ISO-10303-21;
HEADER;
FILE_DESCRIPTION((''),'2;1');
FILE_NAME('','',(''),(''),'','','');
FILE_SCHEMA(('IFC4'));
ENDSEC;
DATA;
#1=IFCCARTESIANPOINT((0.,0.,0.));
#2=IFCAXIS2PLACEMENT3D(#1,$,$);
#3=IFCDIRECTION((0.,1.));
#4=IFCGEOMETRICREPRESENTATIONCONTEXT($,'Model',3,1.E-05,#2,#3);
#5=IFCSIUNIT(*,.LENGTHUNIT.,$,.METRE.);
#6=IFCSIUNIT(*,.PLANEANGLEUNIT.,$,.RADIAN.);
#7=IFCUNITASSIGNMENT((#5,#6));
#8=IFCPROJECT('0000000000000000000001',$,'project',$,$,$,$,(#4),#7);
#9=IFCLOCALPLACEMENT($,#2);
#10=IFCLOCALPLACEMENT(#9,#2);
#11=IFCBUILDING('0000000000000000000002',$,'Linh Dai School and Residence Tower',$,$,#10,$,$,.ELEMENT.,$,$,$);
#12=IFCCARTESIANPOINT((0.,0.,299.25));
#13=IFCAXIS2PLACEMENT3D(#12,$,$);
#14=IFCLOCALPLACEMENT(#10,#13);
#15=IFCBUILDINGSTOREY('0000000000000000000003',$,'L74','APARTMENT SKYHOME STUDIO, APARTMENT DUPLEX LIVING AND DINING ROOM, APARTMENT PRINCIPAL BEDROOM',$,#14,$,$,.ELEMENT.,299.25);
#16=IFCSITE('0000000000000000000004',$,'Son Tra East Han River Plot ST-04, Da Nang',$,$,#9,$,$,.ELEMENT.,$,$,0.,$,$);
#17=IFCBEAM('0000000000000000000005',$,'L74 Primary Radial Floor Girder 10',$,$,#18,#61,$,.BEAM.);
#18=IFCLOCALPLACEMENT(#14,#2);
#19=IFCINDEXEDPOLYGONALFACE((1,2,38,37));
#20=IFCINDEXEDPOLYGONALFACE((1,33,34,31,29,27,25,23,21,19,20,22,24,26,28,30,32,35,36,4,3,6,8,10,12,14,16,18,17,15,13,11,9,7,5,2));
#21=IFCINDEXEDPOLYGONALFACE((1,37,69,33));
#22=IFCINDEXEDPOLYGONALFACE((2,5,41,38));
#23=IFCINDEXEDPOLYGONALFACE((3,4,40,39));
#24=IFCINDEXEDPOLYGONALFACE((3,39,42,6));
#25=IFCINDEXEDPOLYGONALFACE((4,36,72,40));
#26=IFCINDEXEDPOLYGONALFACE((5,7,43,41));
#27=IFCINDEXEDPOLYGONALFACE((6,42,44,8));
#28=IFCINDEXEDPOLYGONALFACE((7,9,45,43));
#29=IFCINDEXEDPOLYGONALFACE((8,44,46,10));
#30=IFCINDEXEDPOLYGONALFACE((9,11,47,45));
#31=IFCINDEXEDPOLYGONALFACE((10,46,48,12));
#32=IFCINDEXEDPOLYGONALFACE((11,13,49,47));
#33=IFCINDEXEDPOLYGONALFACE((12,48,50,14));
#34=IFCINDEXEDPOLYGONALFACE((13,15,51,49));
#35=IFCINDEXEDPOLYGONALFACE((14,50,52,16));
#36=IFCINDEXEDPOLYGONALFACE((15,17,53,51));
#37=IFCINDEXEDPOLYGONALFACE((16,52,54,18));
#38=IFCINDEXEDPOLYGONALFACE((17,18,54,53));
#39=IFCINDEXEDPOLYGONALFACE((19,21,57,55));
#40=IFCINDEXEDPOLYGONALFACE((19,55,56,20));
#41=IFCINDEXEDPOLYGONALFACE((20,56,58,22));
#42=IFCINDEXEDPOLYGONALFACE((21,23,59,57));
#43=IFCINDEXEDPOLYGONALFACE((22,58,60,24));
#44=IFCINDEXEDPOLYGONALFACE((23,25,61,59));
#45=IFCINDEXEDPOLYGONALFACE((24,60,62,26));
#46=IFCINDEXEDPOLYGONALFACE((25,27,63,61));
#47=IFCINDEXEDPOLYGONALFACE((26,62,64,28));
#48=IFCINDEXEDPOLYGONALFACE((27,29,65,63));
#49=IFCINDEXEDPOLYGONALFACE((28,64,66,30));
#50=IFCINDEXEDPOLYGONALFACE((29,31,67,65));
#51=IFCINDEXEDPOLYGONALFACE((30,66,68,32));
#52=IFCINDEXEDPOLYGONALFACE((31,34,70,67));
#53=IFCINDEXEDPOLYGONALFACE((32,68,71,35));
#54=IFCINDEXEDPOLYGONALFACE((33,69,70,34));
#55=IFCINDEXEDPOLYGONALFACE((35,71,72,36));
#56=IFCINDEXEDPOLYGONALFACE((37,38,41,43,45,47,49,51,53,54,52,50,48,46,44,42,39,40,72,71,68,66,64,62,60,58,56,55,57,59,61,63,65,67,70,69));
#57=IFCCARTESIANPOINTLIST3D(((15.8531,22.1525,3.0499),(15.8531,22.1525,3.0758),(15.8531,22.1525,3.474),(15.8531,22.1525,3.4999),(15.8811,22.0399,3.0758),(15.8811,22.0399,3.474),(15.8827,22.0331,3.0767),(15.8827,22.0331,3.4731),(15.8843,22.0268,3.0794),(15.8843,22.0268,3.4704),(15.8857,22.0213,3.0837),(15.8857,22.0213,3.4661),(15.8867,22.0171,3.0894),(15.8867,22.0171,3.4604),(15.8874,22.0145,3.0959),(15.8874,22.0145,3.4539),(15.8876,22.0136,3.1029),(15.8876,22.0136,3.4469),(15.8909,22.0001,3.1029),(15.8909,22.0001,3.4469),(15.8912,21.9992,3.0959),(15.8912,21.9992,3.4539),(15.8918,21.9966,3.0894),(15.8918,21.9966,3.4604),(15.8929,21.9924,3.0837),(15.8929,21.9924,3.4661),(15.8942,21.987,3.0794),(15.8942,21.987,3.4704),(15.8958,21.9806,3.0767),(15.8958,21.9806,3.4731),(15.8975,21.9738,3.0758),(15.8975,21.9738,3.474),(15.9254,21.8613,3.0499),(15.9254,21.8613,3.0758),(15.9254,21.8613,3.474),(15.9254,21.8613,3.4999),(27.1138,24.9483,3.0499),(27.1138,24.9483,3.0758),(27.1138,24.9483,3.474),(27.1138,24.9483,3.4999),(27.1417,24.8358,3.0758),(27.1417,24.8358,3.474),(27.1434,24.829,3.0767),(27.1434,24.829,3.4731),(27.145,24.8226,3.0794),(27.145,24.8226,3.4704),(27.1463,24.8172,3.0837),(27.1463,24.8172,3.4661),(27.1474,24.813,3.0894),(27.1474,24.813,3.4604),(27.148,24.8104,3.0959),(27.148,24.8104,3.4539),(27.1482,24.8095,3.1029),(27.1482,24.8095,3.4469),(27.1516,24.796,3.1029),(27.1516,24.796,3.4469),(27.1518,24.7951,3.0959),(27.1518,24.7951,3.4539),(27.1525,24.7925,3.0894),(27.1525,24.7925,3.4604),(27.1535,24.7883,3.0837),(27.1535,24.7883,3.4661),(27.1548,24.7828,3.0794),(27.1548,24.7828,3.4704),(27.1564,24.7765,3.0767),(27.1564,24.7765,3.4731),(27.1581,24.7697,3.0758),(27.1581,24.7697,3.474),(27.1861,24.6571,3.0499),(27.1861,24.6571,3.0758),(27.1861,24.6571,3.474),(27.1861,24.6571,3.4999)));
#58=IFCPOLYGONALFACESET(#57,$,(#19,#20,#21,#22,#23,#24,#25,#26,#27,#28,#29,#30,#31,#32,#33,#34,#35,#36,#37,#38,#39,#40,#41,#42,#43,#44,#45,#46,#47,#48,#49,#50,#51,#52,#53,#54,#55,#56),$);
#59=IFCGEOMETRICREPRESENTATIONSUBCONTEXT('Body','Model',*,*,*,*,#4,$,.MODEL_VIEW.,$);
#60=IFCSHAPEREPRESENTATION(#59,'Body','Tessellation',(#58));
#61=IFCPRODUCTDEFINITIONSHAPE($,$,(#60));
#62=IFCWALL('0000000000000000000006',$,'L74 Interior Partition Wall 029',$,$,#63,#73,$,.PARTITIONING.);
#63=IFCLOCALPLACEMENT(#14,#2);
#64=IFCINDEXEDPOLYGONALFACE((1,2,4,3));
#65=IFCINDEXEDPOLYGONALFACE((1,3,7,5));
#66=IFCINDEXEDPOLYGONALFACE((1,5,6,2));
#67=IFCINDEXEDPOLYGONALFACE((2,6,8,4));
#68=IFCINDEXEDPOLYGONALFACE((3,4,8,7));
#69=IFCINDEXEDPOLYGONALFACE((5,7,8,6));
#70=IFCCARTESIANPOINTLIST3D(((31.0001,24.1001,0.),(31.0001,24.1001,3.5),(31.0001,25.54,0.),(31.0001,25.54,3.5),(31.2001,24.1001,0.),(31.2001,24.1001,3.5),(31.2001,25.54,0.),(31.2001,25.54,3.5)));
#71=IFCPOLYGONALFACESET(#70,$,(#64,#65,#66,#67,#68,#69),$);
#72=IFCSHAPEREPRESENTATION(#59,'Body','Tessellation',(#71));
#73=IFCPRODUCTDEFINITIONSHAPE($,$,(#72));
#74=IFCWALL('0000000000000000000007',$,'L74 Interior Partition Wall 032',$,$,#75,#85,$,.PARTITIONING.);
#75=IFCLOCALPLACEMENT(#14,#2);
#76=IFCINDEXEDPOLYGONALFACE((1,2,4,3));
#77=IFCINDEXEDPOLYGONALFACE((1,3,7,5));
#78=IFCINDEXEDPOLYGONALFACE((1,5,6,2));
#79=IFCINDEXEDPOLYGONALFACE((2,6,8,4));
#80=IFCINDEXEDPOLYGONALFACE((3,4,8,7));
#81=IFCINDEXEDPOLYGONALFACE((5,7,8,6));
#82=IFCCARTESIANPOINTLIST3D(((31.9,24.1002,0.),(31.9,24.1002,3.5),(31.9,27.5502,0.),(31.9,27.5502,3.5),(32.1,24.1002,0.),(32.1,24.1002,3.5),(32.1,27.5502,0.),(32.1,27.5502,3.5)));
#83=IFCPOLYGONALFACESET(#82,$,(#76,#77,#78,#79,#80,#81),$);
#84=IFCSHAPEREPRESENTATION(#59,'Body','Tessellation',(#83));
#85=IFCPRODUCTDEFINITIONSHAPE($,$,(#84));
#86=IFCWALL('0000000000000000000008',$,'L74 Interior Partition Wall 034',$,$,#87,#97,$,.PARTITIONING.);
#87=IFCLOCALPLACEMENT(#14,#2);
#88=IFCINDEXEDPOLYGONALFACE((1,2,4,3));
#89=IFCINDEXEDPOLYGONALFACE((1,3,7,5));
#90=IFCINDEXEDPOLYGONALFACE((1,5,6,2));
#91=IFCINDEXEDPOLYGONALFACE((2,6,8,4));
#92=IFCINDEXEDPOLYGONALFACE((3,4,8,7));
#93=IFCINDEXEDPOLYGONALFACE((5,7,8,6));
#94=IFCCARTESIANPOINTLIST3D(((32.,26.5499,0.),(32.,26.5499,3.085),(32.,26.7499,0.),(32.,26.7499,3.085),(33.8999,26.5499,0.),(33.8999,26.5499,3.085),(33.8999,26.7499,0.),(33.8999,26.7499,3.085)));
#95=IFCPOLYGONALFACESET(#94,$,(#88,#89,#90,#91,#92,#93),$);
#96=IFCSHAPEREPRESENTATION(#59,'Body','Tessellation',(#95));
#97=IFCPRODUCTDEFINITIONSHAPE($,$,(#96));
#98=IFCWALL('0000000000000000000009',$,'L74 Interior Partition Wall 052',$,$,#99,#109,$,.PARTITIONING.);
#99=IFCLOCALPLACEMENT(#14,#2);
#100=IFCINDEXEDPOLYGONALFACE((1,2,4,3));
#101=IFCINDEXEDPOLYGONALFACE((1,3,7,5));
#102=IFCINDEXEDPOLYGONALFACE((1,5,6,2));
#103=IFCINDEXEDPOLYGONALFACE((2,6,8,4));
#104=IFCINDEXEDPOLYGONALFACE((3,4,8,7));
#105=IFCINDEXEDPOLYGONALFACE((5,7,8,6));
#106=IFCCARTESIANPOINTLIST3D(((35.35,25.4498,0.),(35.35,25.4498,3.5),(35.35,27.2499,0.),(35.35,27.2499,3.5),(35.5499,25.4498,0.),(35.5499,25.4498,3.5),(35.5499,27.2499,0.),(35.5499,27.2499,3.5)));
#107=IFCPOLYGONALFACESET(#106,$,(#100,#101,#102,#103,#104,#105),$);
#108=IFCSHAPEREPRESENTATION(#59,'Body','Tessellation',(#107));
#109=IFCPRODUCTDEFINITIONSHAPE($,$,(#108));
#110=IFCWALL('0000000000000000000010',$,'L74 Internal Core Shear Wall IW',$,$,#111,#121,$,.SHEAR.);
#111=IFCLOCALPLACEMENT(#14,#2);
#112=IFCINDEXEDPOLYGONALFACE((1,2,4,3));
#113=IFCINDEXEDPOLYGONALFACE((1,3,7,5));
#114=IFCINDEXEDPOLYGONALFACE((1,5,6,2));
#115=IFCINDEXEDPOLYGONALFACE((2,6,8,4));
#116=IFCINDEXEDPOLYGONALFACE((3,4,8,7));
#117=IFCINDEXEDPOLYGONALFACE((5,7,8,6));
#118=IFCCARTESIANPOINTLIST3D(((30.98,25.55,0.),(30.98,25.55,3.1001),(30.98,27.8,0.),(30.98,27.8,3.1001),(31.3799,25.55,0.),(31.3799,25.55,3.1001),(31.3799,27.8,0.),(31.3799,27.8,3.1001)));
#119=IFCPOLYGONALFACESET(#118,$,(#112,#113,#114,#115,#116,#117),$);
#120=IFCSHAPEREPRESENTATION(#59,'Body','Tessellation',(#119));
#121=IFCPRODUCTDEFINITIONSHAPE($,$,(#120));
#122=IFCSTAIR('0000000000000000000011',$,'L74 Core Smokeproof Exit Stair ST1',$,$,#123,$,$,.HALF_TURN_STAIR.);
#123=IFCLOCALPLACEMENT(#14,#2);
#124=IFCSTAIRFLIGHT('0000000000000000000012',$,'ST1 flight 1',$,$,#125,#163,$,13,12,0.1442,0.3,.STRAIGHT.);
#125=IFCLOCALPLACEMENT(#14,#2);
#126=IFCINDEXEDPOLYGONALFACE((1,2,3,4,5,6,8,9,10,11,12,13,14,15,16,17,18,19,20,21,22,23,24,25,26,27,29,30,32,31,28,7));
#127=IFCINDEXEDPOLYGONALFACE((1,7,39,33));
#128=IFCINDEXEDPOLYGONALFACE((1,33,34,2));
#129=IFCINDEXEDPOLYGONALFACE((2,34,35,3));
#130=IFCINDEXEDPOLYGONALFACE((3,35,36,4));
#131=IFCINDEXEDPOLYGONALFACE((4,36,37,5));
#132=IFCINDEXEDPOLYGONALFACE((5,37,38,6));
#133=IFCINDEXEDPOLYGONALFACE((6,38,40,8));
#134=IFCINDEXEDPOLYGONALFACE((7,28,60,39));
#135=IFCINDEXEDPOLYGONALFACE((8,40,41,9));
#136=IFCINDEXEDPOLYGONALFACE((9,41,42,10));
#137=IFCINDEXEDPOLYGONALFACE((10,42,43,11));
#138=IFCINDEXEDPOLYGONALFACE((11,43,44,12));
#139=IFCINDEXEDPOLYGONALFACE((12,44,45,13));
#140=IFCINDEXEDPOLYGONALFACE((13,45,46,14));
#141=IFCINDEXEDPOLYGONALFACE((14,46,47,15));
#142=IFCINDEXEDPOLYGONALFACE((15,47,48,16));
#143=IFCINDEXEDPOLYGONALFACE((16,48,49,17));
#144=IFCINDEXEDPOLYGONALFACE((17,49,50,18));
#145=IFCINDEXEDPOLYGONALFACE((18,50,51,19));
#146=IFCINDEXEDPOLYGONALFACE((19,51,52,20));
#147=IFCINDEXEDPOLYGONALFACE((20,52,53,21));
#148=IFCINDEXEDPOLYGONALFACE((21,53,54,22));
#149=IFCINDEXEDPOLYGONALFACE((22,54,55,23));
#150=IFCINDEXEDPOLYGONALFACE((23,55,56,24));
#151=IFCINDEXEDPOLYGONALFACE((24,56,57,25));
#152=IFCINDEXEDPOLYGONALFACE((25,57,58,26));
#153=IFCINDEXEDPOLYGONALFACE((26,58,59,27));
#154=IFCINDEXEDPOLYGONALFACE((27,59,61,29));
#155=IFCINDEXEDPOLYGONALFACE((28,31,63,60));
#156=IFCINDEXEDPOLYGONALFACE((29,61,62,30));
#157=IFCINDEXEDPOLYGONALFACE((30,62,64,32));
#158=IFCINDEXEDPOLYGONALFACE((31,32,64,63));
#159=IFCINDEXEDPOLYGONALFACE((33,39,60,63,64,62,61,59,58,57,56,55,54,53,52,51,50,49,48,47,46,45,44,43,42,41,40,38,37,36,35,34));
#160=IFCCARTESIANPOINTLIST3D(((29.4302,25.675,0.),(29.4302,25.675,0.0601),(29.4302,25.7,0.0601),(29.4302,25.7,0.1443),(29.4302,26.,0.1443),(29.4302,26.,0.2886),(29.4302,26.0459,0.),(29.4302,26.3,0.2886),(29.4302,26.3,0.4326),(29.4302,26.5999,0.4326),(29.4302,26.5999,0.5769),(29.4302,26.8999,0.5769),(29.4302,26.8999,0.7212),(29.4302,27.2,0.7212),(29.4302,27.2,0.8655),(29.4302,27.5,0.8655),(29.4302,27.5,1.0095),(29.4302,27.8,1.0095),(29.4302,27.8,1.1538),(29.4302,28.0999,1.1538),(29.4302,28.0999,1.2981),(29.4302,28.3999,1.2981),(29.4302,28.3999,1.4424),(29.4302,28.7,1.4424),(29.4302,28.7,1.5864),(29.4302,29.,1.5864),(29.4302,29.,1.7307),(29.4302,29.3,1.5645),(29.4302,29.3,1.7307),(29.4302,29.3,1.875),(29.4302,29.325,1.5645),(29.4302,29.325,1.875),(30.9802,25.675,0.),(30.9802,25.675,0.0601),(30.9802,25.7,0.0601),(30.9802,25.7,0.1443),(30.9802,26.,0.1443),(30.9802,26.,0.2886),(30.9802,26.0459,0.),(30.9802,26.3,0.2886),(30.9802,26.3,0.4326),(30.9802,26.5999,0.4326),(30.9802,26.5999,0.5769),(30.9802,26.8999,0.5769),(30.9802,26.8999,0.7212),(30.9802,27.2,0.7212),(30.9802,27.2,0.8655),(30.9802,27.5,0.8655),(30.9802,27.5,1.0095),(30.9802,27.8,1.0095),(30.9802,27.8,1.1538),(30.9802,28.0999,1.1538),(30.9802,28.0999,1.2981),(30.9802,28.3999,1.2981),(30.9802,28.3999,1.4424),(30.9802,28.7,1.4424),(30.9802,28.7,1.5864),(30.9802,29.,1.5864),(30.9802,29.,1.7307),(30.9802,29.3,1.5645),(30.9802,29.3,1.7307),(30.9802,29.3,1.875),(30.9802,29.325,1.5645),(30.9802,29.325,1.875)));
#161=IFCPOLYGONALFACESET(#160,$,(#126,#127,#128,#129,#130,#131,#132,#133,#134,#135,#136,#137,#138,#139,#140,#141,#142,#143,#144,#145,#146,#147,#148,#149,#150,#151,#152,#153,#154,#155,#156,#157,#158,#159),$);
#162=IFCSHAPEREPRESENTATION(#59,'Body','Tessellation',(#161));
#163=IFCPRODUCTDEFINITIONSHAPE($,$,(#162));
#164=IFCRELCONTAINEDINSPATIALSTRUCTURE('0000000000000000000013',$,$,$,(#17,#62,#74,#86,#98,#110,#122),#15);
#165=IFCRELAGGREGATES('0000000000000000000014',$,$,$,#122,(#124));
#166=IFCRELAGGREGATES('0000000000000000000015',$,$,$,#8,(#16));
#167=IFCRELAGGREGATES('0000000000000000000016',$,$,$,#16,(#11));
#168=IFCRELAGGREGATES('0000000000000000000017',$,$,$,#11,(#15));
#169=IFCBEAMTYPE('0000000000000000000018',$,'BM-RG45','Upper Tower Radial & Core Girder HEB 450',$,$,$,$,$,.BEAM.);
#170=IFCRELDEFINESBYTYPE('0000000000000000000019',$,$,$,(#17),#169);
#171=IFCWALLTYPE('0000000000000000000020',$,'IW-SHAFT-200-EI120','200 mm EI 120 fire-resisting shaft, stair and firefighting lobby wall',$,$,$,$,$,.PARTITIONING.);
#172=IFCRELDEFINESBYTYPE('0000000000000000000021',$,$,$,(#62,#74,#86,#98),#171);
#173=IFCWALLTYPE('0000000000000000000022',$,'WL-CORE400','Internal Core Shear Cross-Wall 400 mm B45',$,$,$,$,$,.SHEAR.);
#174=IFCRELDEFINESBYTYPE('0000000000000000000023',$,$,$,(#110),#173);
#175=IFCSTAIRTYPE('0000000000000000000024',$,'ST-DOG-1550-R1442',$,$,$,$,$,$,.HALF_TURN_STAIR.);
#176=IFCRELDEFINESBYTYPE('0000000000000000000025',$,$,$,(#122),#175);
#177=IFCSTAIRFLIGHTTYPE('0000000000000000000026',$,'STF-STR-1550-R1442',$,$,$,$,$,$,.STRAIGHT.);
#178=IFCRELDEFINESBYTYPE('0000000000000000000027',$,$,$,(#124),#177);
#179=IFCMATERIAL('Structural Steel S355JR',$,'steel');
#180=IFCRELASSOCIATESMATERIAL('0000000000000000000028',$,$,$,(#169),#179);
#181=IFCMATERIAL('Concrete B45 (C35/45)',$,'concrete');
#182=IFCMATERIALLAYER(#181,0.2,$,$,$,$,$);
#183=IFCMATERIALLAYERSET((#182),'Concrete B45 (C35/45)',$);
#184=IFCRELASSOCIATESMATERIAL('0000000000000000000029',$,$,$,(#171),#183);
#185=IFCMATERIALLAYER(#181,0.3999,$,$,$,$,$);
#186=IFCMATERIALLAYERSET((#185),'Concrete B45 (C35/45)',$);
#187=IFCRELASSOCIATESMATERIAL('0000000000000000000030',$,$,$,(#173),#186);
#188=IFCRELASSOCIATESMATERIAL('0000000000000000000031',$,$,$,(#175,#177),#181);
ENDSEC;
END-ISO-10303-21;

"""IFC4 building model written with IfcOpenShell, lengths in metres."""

from ifc_helpers import new_model, si_unit, direction, frame, frame_2d, origin, origin_2d, place, context, subcontext, project, spatial, polyline, rectangle, i_section, outline, extrude, source, transform, mapped, material, layer, layer_set, material_profile, profile_set, type_object, element, aggregate, save


model = new_model("IFC4")

# Units and contexts
model_context = context("Model", 3, precision=1e-05, world=origin(), true_north=direction((0.0, 1.0)))
body_context = subcontext(model_context, "Body", "Model", "MODEL_VIEW")
ifc_project = project(units=[si_unit("LENGTHUNIT", "METRE"), si_unit("PLANEANGLEUNIT", "RADIAN")], contexts=[model_context])

# Site, building, storey
site_placement = place(None, origin())
site = spatial("IfcSite", under=ifc_project, at=site_placement, Name="Son Tra East Han River Plot ST-04, Da Nang", CompositionType="ELEMENT", RefElevation=0.0)
building_placement = place(site_placement, origin())
building = spatial("IfcBuilding", under=site, at=building_placement, Name="Linh Dai School and Residence Tower", CompositionType="ELEMENT")
storey_placement = place(building_placement, frame((0.0, 0.0, 299.25)))
storey = spatial("IfcBuildingStorey", under=building, at=storey_placement, Name="L74", Description="APARTMENT SKYHOME STUDIO, APARTMENT DUPLEX LIVING AND DINING ROOM, APARTMENT PRINCIPAL BEDROOM", CompositionType="ELEMENT", Elevation=299.25)

# Shared definitions
ifc_material_1 = material(Name="Structural Steel S355JR", Category="steel")

# Beam
ifc_material_profile_1 = material_profile(ifc_material_1, i_section(OverallWidth=0.3, OverallDepth=0.45, WebThickness=0.0139, FlangeThickness=0.0259, FilletRadius=0.0271, at=origin_2d()), Name="HEB 450")
ifc_profile_set_1 = profile_set([ifc_material_profile_1], Name="Structural Steel S355JR")
beam_type = type_object("IfcBeamType", Name="BM-RG45", Description="Upper Tower Radial & Core Girder HEB 450", PredefinedType="BEAM", material=ifc_profile_set_1)
beam_placement = place(storey_placement, frame((27.1499, 24.8027, 3.2749), z_axis=(-0.970532, -0.240971, 0.0), x_axis=(0.240971, -0.970532, 0.0)))
element("IfcBeam", 1, at=beam_placement, inside=storey, type_object=beam_type, Name="L74 Primary Radial Floor Girder 10", PredefinedType="BEAM", context=body_context, shape_type="SweptSolid", body=[
    extrude(i_section(OverallWidth=0.3, OverallDepth=0.45, WebThickness=0.0139, FlangeThickness=0.0259, FilletRadius=0.0271, at=origin_2d()), origin(), (0.0, 0.0, 1.0), 11.6025),
])

# Shared definitions
ifc_material_2 = material(Name="Concrete B45 (C35/45)", Category="concrete")
ifc_layer_1 = layer(ifc_material_2, 0.2)
ifc_layer_set_1 = layer_set([ifc_layer_1], Name="Concrete B45 (C35/45)")
wall_type_1 = type_object("IfcWallType", Name="IW-SHAFT-200-EI120", Description="200 mm EI 120 fire-resisting shaft, stair and firefighting lobby wall", PredefinedType="PARTITIONING", material=ifc_layer_set_1)

# Walls
wall_1_placement = place(storey_placement, frame((31.1001, 24.1001, 0.0), z_axis=(0.0, 0.0, 1.0), x_axis=(0.0, 1.0, 0.0)))
element("IfcWall", 2, at=wall_1_placement, inside=storey, type_object=wall_type_1, Name="L74 Interior Partition Wall 029", PredefinedType="PARTITIONING", context=body_context, shape_type="SweptSolid", body=[
    extrude(rectangle(XDim=1.4399, YDim=0.2, at=frame_2d((0.72, 0.0))), origin(), (0.0, 0.0, 1.0), 3.5),
])
wall_2_placement = place(storey_placement, frame((32.0, 24.1001, 0.0), z_axis=(0.0, 0.0, 1.0), x_axis=(0.0, 1.0, 0.0)))
element("IfcWall", 3, at=wall_2_placement, inside=storey, type_object=wall_type_1, Name="L74 Interior Partition Wall 032", PredefinedType="PARTITIONING", context=body_context, shape_type="SweptSolid", body=[
    extrude(rectangle(XDim=3.45, YDim=0.2, at=frame_2d((1.7251, 0.0))), origin(), (0.0, 0.0, 1.0), 3.5),
])

# Walls
wall_3_placement = place(storey_placement, frame((32.0, 26.6499, 0.0), z_axis=(0.0, 0.0, 1.0), x_axis=(1.0, 0.0, 0.0)))
element("IfcWall", 4, at=wall_3_placement, inside=storey, type_object=wall_type_1, Name="L74 Interior Partition Wall 034", PredefinedType="PARTITIONING", context=body_context, shape_type="SweptSolid", body=[
    extrude(rectangle(XDim=1.8999, YDim=0.2, at=frame_2d((0.95, 0.0))), origin(), (0.0, 0.0, 1.0), 3.085),
])
wall_4_placement = place(storey_placement, frame((35.45, 25.45, 0.0), z_axis=(0.0, 0.0, 1.0), x_axis=(0.0, 1.0, 0.0)))
element("IfcWall", 5, at=wall_4_placement, inside=storey, type_object=wall_type_1, Name="L74 Interior Partition Wall 052", PredefinedType="PARTITIONING", context=body_context, shape_type="SweptSolid", body=[
    extrude(rectangle(XDim=1.8, YDim=0.2, at=frame_2d((0.8999, 0.0))), origin(), (0.0, 0.0, 1.0), 3.5),
])
ifc_layer_2 = layer(ifc_material_2, 0.3999)
ifc_layer_set_2 = layer_set([ifc_layer_2], Name="Concrete B45 (C35/45)")
wall_type_2 = type_object("IfcWallType", Name="WL-CORE400", Description="Internal Core Shear Cross-Wall 400 mm B45", PredefinedType="SHEAR", material=ifc_layer_set_2)
wall_5_placement = place(storey_placement, frame((31.1799, 25.55, 0.0), z_axis=(0.0, 0.0, 1.0), x_axis=(0.0, 1.0, 0.0)))
element("IfcWall", 6, at=wall_5_placement, inside=storey, type_object=wall_type_2, Name="L74 Internal Core Shear Wall IW", PredefinedType="SHEAR", context=body_context, shape_type="SweptSolid", body=[
    extrude(rectangle(XDim=2.25, YDim=0.3999, at=frame_2d((1.125, 0.0))), origin(), (0.0, 0.0, 1.0), 3.1001),
])

# Stair, stair flight
stair_type = type_object("IfcStairType", Name="ST-DOG-1550-R1442", PredefinedType="HALF_TURN_STAIR", material=ifc_material_2)
stair_placement = place(storey_placement, origin())
stair = element("IfcStair", 7, at=stair_placement, inside=storey, type_object=stair_type, Name="L74 Core Smokeproof Exit Stair ST1", PredefinedType="HALF_TURN_STAIR")
stair_flight_type = type_object("IfcStairFlightType", Name="STF-STR-1550-R1442", PredefinedType="STRAIGHT", material=ifc_material_2)
shared_shape_1 = source(origin(), body_context, "Body", "SweptSolid", [
    extrude(outline(polyline([(-0.0249, 0.0), (-0.0249, 0.0601), (0.0, 0.0601), (0.0, 0.1443), (0.3, 0.1443), (0.3, 0.2886), (0.6001, 0.2886), (0.6001, 0.4326), (0.8999, 0.4326), (0.8999, 0.5769), (1.2, 0.5769), (1.2, 0.7212), (1.5, 0.7212), (1.5, 0.8655), (1.8, 0.8655), (1.8, 1.0095), (2.1001, 1.0095), (2.1001, 1.1538), (2.3999, 1.1538), (2.3999, 1.2981), (2.7, 1.2981), (2.7, 1.4424), (3.0, 1.4424), (3.0, 1.5864), (3.3, 1.5864), (3.3, 1.7307), (3.6001, 1.7307), (3.6001, 1.875), (3.625, 1.875), (3.625, 1.5645), (3.6001, 1.5645), (0.3459, 0.0), (-0.0249, 0.0)])), frame((0.0, 0.7749, 0.0), z_axis=(0.0, -1.0, 0.0), x_axis=(1.0, 0.0, 0.0)), (0.0, 0.0, 1.0), 1.55),
])
stair_flight_placement = place(storey_placement, frame((30.2051, 25.7, 0.0), z_axis=(0.0, 0.0, 1.0), x_axis=(0.0, 1.0, 0.0)))
stair_flight = element("IfcStairFlight", 8, at=stair_flight_placement, type_object=stair_flight_type, Name="ST1 flight 1", NumberOfRisers=13, NumberOfTreads=12, PredefinedType="STRAIGHT", RiserHeight=0.1442, TreadLength=0.3, context=body_context, shape_type="MappedRepresentation", body=[
    mapped(shared_shape_1, transform((0.0, 0.0, 0.0), x_axis=(1.0, 0.0, 0.0), y_axis=(0.0, 1.0, 0.0), z_axis=(0.0, 0.0, 1.0), scale=1.0)),
])
aggregate(stair, [stair_flight])

save(model, "model.ifc")
